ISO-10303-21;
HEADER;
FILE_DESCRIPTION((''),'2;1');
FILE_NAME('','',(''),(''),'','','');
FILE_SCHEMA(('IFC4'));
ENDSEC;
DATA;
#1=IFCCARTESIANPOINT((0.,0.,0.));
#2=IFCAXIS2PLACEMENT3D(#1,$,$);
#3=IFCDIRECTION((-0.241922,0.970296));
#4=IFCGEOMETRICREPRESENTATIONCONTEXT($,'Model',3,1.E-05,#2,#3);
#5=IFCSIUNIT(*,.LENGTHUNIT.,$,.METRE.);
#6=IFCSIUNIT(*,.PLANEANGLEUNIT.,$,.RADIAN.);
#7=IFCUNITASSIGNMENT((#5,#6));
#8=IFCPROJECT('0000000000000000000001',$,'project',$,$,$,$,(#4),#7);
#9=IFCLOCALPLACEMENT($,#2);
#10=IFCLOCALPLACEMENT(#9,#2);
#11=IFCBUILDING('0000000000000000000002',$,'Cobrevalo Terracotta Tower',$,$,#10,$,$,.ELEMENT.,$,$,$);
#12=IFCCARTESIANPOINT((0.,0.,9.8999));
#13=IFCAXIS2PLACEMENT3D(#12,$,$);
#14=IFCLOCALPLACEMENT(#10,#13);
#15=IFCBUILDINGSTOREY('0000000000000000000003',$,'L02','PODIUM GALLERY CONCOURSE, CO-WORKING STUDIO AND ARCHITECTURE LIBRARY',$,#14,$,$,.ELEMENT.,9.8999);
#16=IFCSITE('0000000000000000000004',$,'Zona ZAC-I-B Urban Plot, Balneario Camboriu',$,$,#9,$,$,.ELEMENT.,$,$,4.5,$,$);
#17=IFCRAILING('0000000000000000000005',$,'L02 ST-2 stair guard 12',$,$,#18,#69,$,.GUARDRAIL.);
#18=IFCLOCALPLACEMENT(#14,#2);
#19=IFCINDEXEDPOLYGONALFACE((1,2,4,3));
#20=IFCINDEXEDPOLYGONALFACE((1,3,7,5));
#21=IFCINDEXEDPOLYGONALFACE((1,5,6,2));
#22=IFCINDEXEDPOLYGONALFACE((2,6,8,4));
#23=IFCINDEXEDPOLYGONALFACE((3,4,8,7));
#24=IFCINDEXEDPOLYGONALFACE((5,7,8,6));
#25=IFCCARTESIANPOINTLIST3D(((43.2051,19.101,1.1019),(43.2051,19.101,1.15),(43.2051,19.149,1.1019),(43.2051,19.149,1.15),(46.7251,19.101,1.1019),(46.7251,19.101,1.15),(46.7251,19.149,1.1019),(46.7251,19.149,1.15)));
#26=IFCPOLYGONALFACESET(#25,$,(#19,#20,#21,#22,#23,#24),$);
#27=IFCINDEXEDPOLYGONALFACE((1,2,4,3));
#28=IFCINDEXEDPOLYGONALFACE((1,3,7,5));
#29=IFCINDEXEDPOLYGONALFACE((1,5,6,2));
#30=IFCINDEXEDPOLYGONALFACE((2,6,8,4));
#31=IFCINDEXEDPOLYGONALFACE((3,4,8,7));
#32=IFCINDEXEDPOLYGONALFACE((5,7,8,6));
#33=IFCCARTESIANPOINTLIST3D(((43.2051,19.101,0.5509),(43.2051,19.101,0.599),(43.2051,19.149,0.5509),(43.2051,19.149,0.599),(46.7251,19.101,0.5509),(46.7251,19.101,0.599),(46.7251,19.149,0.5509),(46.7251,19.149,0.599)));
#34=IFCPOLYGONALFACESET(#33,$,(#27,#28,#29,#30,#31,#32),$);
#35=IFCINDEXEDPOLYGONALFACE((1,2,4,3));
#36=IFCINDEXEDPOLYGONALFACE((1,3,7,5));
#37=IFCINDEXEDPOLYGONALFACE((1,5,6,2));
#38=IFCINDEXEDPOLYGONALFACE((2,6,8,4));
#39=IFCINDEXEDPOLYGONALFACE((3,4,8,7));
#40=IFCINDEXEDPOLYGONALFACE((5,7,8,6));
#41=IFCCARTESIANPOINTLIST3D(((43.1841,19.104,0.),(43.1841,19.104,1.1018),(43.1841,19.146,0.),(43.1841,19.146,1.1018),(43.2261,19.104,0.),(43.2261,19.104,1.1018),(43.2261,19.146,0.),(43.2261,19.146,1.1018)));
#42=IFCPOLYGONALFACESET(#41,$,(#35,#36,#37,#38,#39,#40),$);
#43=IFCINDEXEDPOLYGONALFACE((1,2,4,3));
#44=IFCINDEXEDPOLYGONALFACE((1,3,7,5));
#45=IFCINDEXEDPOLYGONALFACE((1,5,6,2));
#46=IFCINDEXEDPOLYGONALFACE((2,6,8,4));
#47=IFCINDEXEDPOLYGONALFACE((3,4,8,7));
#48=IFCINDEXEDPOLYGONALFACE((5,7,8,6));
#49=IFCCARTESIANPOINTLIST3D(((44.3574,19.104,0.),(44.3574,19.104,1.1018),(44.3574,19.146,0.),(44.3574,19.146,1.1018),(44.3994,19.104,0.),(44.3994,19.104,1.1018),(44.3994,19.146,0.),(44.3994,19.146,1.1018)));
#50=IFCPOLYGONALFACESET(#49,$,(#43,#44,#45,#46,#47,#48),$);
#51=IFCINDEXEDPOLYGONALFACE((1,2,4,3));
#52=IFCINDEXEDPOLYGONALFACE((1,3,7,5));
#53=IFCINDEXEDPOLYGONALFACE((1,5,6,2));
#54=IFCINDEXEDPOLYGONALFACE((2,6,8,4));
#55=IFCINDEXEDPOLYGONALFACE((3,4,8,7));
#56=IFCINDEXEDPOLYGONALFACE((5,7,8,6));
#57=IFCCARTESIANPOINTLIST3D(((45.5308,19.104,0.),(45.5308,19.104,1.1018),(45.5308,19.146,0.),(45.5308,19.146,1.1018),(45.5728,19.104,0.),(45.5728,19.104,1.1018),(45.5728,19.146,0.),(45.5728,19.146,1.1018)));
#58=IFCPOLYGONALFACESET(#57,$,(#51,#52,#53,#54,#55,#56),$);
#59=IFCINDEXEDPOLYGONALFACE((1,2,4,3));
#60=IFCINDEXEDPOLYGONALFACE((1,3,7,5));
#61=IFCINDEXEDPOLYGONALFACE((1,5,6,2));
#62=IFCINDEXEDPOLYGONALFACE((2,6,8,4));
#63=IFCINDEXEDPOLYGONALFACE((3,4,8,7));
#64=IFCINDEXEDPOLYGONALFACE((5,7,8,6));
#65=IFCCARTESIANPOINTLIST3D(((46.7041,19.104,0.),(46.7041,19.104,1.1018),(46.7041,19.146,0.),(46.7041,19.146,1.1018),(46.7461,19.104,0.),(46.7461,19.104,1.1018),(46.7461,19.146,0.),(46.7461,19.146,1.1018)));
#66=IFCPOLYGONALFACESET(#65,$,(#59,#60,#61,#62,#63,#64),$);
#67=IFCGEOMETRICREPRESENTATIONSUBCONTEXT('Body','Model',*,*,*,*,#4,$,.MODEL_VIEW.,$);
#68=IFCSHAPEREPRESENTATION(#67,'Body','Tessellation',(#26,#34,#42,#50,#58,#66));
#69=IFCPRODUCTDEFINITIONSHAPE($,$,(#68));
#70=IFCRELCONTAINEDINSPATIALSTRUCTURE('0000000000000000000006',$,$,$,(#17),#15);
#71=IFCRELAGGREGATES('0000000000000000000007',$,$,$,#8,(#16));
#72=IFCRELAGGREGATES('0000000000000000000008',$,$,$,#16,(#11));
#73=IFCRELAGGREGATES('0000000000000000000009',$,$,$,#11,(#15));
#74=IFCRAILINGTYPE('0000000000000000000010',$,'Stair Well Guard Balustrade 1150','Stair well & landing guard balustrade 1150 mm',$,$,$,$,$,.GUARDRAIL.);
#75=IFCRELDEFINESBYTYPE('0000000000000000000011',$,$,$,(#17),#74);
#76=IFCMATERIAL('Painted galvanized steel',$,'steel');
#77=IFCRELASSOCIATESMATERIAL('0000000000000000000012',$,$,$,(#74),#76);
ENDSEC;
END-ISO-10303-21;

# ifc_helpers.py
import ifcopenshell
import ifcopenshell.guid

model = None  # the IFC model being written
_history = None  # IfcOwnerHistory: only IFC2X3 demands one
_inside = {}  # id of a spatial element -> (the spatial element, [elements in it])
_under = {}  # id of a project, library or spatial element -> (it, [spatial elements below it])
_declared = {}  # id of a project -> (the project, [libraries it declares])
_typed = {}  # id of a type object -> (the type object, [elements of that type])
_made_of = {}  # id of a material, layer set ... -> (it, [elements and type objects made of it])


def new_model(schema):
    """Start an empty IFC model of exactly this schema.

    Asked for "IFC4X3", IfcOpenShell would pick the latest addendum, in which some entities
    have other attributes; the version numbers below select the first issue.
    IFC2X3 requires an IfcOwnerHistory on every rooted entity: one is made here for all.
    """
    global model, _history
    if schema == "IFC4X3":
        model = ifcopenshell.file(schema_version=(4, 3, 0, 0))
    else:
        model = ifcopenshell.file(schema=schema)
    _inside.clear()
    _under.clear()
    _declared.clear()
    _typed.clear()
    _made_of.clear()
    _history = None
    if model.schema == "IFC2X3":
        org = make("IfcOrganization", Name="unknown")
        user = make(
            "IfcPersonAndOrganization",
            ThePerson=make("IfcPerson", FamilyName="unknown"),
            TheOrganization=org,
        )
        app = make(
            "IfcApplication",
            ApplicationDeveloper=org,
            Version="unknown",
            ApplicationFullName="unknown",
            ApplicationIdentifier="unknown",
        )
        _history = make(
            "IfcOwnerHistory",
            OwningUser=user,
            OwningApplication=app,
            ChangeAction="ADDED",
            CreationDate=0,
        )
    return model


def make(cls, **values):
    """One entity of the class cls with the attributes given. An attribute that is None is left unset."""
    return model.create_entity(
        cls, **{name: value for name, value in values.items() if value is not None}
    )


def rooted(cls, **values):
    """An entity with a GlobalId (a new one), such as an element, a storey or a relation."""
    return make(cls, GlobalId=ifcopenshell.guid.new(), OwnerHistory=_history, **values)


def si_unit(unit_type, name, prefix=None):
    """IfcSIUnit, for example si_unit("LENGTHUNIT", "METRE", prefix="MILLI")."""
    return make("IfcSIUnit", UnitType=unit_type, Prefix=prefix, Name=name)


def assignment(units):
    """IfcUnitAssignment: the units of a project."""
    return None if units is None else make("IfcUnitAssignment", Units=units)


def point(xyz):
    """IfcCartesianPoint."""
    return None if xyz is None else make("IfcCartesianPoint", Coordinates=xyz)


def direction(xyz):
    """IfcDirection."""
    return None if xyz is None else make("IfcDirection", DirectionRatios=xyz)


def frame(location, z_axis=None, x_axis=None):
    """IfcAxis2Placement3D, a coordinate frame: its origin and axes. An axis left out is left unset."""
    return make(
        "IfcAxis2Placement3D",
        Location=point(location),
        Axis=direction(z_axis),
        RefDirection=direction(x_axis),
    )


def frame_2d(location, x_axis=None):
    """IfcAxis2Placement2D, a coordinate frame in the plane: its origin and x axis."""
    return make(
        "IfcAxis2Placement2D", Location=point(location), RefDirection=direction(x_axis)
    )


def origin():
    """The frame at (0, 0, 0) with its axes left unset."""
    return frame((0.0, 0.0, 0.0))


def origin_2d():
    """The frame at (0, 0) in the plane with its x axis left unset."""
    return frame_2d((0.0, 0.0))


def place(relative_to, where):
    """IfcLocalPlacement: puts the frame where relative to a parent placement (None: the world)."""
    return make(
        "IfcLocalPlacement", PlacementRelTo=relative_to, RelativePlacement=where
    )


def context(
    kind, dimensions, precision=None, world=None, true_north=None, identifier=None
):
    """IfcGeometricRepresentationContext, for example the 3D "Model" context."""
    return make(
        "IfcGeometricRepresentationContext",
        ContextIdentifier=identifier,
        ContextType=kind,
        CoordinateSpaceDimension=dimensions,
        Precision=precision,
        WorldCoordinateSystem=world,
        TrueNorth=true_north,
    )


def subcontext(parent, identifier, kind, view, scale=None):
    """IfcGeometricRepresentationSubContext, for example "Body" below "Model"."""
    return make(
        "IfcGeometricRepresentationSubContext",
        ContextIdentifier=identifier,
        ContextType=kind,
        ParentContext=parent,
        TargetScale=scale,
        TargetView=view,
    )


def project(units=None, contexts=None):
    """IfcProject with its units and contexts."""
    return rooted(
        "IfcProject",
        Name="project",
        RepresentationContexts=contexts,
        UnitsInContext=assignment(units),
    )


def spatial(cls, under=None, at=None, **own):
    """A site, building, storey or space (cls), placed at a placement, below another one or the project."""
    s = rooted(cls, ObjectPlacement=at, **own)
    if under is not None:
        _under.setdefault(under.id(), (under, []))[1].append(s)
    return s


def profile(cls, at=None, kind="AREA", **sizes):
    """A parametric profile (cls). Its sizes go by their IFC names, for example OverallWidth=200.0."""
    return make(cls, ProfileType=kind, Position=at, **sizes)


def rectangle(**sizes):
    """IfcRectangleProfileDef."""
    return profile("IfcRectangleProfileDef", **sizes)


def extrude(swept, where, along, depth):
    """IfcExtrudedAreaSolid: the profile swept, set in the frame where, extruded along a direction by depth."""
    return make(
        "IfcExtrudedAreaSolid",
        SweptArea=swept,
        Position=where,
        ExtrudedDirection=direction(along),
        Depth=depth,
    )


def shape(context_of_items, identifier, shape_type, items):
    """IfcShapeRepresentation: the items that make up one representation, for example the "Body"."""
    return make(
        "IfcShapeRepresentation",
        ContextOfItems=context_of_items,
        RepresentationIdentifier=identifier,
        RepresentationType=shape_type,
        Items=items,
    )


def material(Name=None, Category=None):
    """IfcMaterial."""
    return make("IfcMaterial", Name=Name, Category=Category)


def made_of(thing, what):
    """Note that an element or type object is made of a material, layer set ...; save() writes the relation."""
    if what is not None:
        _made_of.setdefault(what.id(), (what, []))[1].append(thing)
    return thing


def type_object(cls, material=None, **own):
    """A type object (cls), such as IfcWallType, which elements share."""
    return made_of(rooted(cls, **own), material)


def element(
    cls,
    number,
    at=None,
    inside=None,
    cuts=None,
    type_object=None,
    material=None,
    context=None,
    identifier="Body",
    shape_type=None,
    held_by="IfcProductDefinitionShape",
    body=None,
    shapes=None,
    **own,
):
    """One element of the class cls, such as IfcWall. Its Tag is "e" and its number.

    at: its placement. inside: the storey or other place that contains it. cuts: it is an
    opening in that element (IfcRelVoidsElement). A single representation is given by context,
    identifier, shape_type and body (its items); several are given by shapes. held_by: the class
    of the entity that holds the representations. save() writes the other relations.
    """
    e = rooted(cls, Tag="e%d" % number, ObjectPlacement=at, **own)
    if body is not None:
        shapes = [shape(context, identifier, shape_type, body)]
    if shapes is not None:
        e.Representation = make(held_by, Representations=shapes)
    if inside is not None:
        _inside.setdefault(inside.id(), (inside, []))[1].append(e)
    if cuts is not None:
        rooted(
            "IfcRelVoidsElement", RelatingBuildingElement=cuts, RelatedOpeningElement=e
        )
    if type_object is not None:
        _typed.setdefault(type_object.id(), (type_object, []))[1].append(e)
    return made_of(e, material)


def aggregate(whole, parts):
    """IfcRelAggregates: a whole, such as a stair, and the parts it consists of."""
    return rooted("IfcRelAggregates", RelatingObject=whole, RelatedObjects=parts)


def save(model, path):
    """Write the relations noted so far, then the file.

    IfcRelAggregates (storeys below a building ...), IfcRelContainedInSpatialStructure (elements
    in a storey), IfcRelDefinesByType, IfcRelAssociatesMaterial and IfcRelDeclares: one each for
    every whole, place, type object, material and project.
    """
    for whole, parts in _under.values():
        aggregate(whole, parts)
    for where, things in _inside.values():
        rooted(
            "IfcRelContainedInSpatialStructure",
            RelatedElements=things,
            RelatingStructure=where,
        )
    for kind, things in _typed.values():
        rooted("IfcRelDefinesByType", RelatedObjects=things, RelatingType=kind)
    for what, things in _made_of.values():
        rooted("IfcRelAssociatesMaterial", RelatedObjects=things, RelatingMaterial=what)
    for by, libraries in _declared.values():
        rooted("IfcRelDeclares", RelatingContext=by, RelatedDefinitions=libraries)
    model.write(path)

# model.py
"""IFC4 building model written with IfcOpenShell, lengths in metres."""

from ifc_helpers import new_model, si_unit, direction, frame, origin, origin_2d, place, context, subcontext, project, spatial, rectangle, extrude, material, type_object, element, save


model = new_model("IFC4")

# Units and contexts
model_context = context("Model", 3, precision=1e-05, world=origin(), true_north=direction((-0.241922, 0.970296)))
body_context = subcontext(model_context, "Body", "Model", "MODEL_VIEW")
ifc_project = project(units=[si_unit("LENGTHUNIT", "METRE"), si_unit("PLANEANGLEUNIT", "RADIAN")], contexts=[model_context])

# Site, building, storey
site_placement = place(None, origin())
site = spatial("IfcSite", under=ifc_project, at=site_placement, Name="Zona ZAC-I-B Urban Plot, Balneario Camboriu", CompositionType="ELEMENT", RefElevation=4.5)
building_placement = place(site_placement, origin())
building = spatial("IfcBuilding", under=site, at=building_placement, Name="Cobrevalo Terracotta Tower", CompositionType="ELEMENT")
storey_placement = place(building_placement, frame((0.0, 0.0, 9.8999)))
storey = spatial("IfcBuildingStorey", under=building, at=storey_placement, Name="L02", Description="PODIUM GALLERY CONCOURSE, CO-WORKING STUDIO AND ARCHITECTURE LIBRARY", CompositionType="ELEMENT", Elevation=9.8999)

# Railing
ifc_material_1 = material(Name="Painted galvanized steel", Category="steel")
railing_type_1 = type_object("IfcRailingType", Name="Stair Well Guard Balustrade 1150", Description="Stair well & landing guard balustrade 1150 mm", PredefinedType="GUARDRAIL", material=ifc_material_1)
railing_1_placement = place(storey_placement, frame((43.2051, 19.125, 0.0)))
element("IfcRailing", 1, at=railing_1_placement, inside=storey, type_object=railing_type_1, Name="L02 ST-2 stair guard 12", PredefinedType="GUARDRAIL", context=body_context, shape_type="SweptSolid", body=[
    extrude(rectangle(XDim=0.0481, YDim=0.0481, at=origin_2d()), frame((0.0, 0.0, 1.126), z_axis=(1.0, 0.0, 0.0), x_axis=(0.0, 1.0, 0.0)), (0.0, 0.0, 1.0), 3.52),
    extrude(rectangle(XDim=0.0481, YDim=0.0481, at=origin_2d()), frame((0.0, 0.0, 0.575), z_axis=(1.0, 0.0, 0.0), x_axis=(0.0, 1.0, 0.0)), (0.0, 0.0, 1.0), 3.52),
    extrude(rectangle(XDim=0.042, YDim=0.042, at=origin_2d()), origin(), (0.0, 0.0, 1.0), 1.1018),
    extrude(rectangle(XDim=0.042, YDim=0.042, at=origin_2d()), frame((1.1733, 0.0, 0.0)), (0.0, 0.0, 1.0), 1.1018),
    extrude(rectangle(XDim=0.042, YDim=0.042, at=origin_2d()), frame((2.3467, 0.0, 0.0)), (0.0, 0.0, 1.0), 1.1018),
    extrude(rectangle(XDim=0.042, YDim=0.042, at=origin_2d()), frame((3.52, 0.0, 0.0)), (0.0, 0.0, 1.0), 1.1018),
])

save(model, "model.ifc")
